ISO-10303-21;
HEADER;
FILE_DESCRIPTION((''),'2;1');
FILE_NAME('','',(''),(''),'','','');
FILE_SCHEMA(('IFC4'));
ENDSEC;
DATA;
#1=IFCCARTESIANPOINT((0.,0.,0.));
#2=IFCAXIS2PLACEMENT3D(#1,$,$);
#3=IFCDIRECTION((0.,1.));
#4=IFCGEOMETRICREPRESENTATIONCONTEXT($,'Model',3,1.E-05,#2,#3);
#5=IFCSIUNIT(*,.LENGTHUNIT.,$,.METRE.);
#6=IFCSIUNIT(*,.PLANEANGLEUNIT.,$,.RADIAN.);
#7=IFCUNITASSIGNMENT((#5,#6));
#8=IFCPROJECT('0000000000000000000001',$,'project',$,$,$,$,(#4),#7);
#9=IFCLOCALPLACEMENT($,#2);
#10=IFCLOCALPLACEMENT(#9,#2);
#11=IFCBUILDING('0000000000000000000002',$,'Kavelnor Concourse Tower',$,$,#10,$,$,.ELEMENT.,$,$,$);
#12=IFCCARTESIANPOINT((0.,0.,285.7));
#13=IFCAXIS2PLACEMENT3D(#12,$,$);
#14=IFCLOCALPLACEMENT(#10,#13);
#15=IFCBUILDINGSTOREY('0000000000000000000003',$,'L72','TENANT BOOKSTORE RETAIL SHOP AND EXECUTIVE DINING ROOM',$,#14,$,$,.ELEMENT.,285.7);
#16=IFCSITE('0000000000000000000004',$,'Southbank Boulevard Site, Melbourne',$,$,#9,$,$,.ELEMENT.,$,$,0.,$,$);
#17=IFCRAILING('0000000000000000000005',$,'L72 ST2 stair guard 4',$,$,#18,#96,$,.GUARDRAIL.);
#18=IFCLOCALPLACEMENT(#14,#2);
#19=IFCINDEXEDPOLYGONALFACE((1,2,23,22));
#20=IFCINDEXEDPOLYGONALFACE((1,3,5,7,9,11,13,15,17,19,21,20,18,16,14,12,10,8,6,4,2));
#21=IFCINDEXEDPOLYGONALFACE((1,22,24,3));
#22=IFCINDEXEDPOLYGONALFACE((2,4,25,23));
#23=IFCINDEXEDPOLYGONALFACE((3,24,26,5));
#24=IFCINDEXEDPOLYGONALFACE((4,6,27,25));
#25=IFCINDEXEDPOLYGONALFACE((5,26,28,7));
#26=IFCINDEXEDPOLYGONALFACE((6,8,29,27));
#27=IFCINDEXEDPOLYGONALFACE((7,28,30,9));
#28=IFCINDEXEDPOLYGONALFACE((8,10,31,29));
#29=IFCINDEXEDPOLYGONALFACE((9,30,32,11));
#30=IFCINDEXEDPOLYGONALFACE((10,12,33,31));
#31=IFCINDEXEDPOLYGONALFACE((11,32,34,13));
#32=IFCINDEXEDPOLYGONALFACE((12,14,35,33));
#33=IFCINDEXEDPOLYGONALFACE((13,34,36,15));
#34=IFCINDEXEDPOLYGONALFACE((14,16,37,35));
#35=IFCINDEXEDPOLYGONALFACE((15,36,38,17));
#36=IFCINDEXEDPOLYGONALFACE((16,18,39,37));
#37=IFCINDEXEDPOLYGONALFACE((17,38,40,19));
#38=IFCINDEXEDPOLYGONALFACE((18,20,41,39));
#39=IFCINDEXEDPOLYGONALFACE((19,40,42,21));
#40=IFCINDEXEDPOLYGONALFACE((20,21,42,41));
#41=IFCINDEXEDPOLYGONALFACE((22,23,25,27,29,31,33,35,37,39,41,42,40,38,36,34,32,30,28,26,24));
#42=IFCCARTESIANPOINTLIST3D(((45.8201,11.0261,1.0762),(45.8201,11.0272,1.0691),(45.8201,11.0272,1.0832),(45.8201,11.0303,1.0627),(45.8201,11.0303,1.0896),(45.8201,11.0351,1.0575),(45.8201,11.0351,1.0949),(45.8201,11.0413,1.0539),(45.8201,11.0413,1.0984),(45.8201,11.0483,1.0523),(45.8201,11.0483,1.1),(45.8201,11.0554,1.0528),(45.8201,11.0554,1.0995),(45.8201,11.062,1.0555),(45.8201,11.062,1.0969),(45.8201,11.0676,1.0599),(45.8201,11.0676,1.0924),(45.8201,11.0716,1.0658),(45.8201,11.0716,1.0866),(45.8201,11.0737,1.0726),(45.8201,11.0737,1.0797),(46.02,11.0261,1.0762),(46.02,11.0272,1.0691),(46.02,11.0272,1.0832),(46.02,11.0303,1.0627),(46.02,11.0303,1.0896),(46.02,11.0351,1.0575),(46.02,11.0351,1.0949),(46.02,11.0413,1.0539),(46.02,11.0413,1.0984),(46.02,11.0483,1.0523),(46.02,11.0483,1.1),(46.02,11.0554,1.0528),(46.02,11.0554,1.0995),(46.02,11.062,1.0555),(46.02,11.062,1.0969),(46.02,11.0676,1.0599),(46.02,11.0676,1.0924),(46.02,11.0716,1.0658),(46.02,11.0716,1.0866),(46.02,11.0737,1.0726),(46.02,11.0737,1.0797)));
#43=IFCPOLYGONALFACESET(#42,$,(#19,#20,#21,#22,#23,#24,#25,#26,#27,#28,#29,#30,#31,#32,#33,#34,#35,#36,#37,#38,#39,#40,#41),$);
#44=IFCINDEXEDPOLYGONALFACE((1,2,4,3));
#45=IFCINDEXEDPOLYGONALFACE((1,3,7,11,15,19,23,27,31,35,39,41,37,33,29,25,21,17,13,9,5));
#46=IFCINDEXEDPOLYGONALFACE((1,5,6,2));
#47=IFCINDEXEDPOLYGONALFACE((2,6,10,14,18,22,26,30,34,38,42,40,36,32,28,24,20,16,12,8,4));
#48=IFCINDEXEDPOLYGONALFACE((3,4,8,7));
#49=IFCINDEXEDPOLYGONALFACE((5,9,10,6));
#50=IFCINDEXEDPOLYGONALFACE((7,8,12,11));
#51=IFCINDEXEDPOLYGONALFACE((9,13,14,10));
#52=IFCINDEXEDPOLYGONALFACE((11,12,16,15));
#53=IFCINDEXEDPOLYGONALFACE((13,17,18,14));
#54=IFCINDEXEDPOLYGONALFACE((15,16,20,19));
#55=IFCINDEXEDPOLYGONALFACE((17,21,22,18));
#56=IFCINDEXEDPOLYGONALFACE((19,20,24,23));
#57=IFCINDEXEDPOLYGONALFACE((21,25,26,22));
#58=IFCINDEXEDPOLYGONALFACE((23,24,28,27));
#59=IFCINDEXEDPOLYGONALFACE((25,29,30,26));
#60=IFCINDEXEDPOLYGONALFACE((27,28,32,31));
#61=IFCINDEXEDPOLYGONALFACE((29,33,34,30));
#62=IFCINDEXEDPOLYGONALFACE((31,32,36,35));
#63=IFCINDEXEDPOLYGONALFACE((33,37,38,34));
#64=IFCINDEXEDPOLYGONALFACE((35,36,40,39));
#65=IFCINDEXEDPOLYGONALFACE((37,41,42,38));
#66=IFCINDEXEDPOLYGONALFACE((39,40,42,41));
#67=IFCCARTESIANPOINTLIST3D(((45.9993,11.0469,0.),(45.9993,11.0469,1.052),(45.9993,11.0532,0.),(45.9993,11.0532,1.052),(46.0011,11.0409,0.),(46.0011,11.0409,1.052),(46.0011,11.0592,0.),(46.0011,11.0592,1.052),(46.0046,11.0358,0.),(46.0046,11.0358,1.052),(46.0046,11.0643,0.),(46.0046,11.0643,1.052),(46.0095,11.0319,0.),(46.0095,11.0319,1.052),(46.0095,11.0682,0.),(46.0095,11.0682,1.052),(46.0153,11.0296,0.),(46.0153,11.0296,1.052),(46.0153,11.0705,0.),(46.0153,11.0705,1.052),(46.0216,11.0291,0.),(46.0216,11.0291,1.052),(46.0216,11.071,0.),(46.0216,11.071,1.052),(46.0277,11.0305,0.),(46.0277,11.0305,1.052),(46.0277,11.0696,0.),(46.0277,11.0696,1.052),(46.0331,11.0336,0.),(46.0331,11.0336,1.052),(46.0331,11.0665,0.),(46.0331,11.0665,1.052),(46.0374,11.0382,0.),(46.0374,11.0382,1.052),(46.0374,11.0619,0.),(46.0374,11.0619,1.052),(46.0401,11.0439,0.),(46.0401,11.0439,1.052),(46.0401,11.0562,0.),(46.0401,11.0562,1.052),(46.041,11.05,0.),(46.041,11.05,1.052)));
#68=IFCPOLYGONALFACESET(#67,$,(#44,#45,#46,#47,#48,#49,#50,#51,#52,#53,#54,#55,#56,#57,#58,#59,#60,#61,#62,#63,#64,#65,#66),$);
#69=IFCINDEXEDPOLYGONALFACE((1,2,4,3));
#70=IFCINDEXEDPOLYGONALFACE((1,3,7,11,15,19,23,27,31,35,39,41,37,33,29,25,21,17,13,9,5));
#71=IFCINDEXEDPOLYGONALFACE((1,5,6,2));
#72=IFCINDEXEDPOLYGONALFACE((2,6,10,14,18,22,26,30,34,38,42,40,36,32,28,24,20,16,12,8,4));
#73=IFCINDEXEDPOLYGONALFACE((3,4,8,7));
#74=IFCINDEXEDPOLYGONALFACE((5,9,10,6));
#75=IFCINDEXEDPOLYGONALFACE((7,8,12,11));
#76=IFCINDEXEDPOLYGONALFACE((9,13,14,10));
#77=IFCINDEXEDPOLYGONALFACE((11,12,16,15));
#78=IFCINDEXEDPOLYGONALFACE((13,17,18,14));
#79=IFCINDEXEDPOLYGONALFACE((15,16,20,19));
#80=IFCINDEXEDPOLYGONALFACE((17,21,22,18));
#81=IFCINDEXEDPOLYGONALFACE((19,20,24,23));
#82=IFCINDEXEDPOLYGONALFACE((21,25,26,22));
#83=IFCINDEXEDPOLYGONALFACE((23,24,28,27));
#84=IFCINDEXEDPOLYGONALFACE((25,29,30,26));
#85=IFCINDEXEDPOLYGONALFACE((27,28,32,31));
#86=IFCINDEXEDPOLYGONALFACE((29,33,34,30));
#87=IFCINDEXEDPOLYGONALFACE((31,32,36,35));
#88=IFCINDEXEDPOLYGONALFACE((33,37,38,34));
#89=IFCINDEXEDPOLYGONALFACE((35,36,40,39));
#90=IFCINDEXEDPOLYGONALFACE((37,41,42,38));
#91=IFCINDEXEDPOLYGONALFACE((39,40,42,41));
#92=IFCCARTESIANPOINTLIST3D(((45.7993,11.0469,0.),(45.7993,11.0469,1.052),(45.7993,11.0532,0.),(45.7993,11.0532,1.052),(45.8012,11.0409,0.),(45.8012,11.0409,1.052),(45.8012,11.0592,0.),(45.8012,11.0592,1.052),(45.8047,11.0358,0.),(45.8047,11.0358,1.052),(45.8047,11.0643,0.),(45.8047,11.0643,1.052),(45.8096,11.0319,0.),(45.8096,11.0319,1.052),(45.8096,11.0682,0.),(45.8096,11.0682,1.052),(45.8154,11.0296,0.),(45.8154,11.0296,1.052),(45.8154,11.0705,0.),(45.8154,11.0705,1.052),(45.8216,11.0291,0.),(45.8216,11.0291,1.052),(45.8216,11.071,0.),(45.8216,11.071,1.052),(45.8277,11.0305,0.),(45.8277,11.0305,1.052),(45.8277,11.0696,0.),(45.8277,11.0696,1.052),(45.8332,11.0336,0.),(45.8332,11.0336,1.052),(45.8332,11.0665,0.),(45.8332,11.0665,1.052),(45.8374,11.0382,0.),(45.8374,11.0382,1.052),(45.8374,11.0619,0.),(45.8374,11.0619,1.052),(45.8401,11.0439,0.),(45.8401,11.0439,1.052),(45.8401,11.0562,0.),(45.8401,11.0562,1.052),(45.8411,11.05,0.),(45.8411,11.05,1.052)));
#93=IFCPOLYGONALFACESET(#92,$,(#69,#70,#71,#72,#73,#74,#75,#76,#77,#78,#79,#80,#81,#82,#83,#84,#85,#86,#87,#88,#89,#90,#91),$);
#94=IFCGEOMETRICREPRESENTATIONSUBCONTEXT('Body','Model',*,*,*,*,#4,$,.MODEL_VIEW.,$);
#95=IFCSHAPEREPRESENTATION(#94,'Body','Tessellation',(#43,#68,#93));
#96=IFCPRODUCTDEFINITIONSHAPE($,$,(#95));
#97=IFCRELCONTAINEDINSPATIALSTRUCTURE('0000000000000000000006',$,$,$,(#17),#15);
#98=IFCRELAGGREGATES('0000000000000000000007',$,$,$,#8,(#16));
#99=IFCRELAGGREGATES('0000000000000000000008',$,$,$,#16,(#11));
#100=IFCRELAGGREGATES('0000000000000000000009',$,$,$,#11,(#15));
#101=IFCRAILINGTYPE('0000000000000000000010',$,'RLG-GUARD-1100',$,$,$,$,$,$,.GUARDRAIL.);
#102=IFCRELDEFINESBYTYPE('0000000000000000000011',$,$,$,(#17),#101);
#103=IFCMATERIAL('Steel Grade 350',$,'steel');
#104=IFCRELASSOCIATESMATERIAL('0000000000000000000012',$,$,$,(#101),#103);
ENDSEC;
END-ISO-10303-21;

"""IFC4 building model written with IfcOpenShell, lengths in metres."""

from ifc_helpers import new_model, si_unit, direction, frame, origin, origin_2d, place, context, subcontext, project, spatial, circle, extrude, material, type_object, element, save


model = new_model("IFC4")

# Units and contexts
model_context = context("Model", 3, precision=1e-05, world=origin(), true_north=direction((0.0, 1.0)))
body_context = subcontext(model_context, "Body", "Model", "MODEL_VIEW")
ifc_project = project(units=[si_unit("LENGTHUNIT", "METRE"), si_unit("PLANEANGLEUNIT", "RADIAN")], contexts=[model_context])

# Site, building, storey
site_placement = place(None, origin())
site = spatial("IfcSite", under=ifc_project, at=site_placement, Name="Southbank Boulevard Site, Melbourne", CompositionType="ELEMENT", RefElevation=0.0)
building_placement = place(site_placement, origin())
building = spatial("IfcBuilding", under=site, at=building_placement, Name="Kavelnor Concourse Tower", CompositionType="ELEMENT")
storey_placement = place(building_placement, frame((0.0, 0.0, 285.7)))
storey = spatial("IfcBuildingStorey", under=building, at=storey_placement, Name="L72", Description="TENANT BOOKSTORE RETAIL SHOP AND EXECUTIVE DINING ROOM", CompositionType="ELEMENT", Elevation=285.7)

# Shared definitions
ifc_material_1 = material(Name="Steel Grade 350", Category="steel")

# Railing
railing_type_1 = type_object("IfcRailingType", Name="RLG-GUARD-1100", PredefinedType="GUARDRAIL", material=ifc_material_1)
railing_1_placement = place(storey_placement, frame((46.02, 11.05, 0.0)))
element("IfcRailing", 1, at=railing_1_placement, inside=storey, type_object=railing_type_1, Name="L72 ST2 stair guard 4", PredefinedType="GUARDRAIL", context=body_context, shape_type="SweptSolid", body=[
    extrude(circle(Radius=0.0239, at=origin_2d()), frame((0.0, 0.0, 1.0762), z_axis=(-1.0, 0.0, 0.0), x_axis=(0.0, -1.0, 0.0)), (0.0, 0.0, 1.0), 0.2),
    extrude(circle(Radius=0.021, at=origin_2d()), origin(), (0.0, 0.0, 1.0), 1.052),
    extrude(circle(Radius=0.021, at=origin_2d()), frame((-0.2, 0.0, 0.0)), (0.0, 0.0, 1.0), 1.052),
])

save(model, "model.ifc")
